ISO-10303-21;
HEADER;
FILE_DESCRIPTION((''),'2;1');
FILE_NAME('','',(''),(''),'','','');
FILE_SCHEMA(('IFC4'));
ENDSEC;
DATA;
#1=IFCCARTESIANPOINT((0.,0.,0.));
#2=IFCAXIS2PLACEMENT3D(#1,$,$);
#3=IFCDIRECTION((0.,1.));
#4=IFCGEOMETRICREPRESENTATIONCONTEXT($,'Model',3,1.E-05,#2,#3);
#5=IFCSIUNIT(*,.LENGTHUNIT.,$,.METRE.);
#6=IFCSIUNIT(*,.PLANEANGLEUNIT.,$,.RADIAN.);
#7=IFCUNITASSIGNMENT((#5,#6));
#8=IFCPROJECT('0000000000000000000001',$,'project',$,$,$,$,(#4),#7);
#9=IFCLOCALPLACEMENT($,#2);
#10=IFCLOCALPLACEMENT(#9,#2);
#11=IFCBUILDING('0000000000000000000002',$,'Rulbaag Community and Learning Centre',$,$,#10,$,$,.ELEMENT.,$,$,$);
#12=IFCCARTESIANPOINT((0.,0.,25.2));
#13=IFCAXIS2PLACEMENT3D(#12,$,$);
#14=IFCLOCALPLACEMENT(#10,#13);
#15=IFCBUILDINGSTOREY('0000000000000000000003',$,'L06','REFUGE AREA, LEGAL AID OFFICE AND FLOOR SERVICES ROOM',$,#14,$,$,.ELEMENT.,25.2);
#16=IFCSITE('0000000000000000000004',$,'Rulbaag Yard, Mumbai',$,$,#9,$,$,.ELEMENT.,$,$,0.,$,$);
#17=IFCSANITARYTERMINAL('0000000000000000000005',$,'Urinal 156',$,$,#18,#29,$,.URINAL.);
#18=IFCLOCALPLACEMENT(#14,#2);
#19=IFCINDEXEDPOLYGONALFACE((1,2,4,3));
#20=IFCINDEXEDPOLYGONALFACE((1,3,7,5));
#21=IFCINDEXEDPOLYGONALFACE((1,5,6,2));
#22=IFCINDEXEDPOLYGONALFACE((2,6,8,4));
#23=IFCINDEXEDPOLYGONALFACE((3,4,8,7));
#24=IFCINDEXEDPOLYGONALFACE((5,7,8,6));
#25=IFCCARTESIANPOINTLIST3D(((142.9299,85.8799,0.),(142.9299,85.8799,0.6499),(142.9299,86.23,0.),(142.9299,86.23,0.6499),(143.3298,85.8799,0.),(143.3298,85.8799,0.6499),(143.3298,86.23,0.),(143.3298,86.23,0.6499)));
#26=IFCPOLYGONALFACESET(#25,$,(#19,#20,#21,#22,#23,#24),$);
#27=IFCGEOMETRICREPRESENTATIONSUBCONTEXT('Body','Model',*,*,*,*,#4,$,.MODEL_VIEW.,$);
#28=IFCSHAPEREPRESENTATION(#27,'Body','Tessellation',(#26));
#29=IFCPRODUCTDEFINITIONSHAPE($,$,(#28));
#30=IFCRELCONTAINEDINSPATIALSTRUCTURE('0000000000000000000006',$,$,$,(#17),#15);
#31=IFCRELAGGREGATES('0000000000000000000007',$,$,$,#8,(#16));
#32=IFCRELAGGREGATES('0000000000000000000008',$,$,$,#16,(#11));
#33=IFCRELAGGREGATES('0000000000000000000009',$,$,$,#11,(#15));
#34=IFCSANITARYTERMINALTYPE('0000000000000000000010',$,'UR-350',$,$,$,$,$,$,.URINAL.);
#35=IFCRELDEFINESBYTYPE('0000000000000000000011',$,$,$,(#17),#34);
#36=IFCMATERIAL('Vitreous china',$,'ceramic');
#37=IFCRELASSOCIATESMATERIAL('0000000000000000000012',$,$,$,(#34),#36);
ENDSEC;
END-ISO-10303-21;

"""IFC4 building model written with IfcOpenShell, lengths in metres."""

from ifc_helpers import new_model, si_unit, direction, frame, origin, origin_2d, place, context, subcontext, project, spatial, rectangle, extrude, material, type_object, element, save


model = new_model("IFC4")

# Units and contexts
model_context = context("Model", 3, precision=1e-05, world=origin(), true_north=direction((0.0, 1.0)))
body_context = subcontext(model_context, "Body", "Model", "MODEL_VIEW")
ifc_project = project(units=[si_unit("LENGTHUNIT", "METRE"), si_unit("PLANEANGLEUNIT", "RADIAN")], contexts=[model_context])

# Site, building, storey
site_placement = place(None, origin())
site = spatial("IfcSite", under=ifc_project, at=site_placement, Name="Rulbaag Yard, Mumbai", CompositionType="ELEMENT", RefElevation=0.0)
building_placement = place(site_placement, origin())
building = spatial("IfcBuilding", under=site, at=building_placement, Name="Rulbaag Community and Learning Centre", CompositionType="ELEMENT")
storey_placement = place(building_placement, frame((0.0, 0.0, 25.2)))
storey = spatial("IfcBuildingStorey", under=building, at=storey_placement, Name="L06", Description="REFUGE AREA, LEGAL AID OFFICE AND FLOOR SERVICES ROOM", CompositionType="ELEMENT", Elevation=25.2)

# Sanitary terminal
ifc_material_1 = material(Name="Vitreous china", Category="ceramic")
sanitary_terminal_type_1 = type_object("IfcSanitaryTerminalType", Name="UR-350", PredefinedType="URINAL", material=ifc_material_1)
sanitary_terminal_1_placement = place(storey_placement, frame((143.1299, 86.0549, 0.0), z_axis=(0.0, 0.0, 1.0), x_axis=(1.0, 0.0, 0.0)))
element("IfcSanitaryTerminal", 1, at=sanitary_terminal_1_placement, inside=storey, type_object=sanitary_terminal_type_1, Name="Urinal 156", PredefinedType="URINAL", context=body_context, shape_type="SweptSolid", body=[
    extrude(rectangle(XDim=0.3999, YDim=0.3501, at=origin_2d()), origin(), (0.0, 0.0, 1.0), 0.6499),
])

save(model, "model.ifc")
